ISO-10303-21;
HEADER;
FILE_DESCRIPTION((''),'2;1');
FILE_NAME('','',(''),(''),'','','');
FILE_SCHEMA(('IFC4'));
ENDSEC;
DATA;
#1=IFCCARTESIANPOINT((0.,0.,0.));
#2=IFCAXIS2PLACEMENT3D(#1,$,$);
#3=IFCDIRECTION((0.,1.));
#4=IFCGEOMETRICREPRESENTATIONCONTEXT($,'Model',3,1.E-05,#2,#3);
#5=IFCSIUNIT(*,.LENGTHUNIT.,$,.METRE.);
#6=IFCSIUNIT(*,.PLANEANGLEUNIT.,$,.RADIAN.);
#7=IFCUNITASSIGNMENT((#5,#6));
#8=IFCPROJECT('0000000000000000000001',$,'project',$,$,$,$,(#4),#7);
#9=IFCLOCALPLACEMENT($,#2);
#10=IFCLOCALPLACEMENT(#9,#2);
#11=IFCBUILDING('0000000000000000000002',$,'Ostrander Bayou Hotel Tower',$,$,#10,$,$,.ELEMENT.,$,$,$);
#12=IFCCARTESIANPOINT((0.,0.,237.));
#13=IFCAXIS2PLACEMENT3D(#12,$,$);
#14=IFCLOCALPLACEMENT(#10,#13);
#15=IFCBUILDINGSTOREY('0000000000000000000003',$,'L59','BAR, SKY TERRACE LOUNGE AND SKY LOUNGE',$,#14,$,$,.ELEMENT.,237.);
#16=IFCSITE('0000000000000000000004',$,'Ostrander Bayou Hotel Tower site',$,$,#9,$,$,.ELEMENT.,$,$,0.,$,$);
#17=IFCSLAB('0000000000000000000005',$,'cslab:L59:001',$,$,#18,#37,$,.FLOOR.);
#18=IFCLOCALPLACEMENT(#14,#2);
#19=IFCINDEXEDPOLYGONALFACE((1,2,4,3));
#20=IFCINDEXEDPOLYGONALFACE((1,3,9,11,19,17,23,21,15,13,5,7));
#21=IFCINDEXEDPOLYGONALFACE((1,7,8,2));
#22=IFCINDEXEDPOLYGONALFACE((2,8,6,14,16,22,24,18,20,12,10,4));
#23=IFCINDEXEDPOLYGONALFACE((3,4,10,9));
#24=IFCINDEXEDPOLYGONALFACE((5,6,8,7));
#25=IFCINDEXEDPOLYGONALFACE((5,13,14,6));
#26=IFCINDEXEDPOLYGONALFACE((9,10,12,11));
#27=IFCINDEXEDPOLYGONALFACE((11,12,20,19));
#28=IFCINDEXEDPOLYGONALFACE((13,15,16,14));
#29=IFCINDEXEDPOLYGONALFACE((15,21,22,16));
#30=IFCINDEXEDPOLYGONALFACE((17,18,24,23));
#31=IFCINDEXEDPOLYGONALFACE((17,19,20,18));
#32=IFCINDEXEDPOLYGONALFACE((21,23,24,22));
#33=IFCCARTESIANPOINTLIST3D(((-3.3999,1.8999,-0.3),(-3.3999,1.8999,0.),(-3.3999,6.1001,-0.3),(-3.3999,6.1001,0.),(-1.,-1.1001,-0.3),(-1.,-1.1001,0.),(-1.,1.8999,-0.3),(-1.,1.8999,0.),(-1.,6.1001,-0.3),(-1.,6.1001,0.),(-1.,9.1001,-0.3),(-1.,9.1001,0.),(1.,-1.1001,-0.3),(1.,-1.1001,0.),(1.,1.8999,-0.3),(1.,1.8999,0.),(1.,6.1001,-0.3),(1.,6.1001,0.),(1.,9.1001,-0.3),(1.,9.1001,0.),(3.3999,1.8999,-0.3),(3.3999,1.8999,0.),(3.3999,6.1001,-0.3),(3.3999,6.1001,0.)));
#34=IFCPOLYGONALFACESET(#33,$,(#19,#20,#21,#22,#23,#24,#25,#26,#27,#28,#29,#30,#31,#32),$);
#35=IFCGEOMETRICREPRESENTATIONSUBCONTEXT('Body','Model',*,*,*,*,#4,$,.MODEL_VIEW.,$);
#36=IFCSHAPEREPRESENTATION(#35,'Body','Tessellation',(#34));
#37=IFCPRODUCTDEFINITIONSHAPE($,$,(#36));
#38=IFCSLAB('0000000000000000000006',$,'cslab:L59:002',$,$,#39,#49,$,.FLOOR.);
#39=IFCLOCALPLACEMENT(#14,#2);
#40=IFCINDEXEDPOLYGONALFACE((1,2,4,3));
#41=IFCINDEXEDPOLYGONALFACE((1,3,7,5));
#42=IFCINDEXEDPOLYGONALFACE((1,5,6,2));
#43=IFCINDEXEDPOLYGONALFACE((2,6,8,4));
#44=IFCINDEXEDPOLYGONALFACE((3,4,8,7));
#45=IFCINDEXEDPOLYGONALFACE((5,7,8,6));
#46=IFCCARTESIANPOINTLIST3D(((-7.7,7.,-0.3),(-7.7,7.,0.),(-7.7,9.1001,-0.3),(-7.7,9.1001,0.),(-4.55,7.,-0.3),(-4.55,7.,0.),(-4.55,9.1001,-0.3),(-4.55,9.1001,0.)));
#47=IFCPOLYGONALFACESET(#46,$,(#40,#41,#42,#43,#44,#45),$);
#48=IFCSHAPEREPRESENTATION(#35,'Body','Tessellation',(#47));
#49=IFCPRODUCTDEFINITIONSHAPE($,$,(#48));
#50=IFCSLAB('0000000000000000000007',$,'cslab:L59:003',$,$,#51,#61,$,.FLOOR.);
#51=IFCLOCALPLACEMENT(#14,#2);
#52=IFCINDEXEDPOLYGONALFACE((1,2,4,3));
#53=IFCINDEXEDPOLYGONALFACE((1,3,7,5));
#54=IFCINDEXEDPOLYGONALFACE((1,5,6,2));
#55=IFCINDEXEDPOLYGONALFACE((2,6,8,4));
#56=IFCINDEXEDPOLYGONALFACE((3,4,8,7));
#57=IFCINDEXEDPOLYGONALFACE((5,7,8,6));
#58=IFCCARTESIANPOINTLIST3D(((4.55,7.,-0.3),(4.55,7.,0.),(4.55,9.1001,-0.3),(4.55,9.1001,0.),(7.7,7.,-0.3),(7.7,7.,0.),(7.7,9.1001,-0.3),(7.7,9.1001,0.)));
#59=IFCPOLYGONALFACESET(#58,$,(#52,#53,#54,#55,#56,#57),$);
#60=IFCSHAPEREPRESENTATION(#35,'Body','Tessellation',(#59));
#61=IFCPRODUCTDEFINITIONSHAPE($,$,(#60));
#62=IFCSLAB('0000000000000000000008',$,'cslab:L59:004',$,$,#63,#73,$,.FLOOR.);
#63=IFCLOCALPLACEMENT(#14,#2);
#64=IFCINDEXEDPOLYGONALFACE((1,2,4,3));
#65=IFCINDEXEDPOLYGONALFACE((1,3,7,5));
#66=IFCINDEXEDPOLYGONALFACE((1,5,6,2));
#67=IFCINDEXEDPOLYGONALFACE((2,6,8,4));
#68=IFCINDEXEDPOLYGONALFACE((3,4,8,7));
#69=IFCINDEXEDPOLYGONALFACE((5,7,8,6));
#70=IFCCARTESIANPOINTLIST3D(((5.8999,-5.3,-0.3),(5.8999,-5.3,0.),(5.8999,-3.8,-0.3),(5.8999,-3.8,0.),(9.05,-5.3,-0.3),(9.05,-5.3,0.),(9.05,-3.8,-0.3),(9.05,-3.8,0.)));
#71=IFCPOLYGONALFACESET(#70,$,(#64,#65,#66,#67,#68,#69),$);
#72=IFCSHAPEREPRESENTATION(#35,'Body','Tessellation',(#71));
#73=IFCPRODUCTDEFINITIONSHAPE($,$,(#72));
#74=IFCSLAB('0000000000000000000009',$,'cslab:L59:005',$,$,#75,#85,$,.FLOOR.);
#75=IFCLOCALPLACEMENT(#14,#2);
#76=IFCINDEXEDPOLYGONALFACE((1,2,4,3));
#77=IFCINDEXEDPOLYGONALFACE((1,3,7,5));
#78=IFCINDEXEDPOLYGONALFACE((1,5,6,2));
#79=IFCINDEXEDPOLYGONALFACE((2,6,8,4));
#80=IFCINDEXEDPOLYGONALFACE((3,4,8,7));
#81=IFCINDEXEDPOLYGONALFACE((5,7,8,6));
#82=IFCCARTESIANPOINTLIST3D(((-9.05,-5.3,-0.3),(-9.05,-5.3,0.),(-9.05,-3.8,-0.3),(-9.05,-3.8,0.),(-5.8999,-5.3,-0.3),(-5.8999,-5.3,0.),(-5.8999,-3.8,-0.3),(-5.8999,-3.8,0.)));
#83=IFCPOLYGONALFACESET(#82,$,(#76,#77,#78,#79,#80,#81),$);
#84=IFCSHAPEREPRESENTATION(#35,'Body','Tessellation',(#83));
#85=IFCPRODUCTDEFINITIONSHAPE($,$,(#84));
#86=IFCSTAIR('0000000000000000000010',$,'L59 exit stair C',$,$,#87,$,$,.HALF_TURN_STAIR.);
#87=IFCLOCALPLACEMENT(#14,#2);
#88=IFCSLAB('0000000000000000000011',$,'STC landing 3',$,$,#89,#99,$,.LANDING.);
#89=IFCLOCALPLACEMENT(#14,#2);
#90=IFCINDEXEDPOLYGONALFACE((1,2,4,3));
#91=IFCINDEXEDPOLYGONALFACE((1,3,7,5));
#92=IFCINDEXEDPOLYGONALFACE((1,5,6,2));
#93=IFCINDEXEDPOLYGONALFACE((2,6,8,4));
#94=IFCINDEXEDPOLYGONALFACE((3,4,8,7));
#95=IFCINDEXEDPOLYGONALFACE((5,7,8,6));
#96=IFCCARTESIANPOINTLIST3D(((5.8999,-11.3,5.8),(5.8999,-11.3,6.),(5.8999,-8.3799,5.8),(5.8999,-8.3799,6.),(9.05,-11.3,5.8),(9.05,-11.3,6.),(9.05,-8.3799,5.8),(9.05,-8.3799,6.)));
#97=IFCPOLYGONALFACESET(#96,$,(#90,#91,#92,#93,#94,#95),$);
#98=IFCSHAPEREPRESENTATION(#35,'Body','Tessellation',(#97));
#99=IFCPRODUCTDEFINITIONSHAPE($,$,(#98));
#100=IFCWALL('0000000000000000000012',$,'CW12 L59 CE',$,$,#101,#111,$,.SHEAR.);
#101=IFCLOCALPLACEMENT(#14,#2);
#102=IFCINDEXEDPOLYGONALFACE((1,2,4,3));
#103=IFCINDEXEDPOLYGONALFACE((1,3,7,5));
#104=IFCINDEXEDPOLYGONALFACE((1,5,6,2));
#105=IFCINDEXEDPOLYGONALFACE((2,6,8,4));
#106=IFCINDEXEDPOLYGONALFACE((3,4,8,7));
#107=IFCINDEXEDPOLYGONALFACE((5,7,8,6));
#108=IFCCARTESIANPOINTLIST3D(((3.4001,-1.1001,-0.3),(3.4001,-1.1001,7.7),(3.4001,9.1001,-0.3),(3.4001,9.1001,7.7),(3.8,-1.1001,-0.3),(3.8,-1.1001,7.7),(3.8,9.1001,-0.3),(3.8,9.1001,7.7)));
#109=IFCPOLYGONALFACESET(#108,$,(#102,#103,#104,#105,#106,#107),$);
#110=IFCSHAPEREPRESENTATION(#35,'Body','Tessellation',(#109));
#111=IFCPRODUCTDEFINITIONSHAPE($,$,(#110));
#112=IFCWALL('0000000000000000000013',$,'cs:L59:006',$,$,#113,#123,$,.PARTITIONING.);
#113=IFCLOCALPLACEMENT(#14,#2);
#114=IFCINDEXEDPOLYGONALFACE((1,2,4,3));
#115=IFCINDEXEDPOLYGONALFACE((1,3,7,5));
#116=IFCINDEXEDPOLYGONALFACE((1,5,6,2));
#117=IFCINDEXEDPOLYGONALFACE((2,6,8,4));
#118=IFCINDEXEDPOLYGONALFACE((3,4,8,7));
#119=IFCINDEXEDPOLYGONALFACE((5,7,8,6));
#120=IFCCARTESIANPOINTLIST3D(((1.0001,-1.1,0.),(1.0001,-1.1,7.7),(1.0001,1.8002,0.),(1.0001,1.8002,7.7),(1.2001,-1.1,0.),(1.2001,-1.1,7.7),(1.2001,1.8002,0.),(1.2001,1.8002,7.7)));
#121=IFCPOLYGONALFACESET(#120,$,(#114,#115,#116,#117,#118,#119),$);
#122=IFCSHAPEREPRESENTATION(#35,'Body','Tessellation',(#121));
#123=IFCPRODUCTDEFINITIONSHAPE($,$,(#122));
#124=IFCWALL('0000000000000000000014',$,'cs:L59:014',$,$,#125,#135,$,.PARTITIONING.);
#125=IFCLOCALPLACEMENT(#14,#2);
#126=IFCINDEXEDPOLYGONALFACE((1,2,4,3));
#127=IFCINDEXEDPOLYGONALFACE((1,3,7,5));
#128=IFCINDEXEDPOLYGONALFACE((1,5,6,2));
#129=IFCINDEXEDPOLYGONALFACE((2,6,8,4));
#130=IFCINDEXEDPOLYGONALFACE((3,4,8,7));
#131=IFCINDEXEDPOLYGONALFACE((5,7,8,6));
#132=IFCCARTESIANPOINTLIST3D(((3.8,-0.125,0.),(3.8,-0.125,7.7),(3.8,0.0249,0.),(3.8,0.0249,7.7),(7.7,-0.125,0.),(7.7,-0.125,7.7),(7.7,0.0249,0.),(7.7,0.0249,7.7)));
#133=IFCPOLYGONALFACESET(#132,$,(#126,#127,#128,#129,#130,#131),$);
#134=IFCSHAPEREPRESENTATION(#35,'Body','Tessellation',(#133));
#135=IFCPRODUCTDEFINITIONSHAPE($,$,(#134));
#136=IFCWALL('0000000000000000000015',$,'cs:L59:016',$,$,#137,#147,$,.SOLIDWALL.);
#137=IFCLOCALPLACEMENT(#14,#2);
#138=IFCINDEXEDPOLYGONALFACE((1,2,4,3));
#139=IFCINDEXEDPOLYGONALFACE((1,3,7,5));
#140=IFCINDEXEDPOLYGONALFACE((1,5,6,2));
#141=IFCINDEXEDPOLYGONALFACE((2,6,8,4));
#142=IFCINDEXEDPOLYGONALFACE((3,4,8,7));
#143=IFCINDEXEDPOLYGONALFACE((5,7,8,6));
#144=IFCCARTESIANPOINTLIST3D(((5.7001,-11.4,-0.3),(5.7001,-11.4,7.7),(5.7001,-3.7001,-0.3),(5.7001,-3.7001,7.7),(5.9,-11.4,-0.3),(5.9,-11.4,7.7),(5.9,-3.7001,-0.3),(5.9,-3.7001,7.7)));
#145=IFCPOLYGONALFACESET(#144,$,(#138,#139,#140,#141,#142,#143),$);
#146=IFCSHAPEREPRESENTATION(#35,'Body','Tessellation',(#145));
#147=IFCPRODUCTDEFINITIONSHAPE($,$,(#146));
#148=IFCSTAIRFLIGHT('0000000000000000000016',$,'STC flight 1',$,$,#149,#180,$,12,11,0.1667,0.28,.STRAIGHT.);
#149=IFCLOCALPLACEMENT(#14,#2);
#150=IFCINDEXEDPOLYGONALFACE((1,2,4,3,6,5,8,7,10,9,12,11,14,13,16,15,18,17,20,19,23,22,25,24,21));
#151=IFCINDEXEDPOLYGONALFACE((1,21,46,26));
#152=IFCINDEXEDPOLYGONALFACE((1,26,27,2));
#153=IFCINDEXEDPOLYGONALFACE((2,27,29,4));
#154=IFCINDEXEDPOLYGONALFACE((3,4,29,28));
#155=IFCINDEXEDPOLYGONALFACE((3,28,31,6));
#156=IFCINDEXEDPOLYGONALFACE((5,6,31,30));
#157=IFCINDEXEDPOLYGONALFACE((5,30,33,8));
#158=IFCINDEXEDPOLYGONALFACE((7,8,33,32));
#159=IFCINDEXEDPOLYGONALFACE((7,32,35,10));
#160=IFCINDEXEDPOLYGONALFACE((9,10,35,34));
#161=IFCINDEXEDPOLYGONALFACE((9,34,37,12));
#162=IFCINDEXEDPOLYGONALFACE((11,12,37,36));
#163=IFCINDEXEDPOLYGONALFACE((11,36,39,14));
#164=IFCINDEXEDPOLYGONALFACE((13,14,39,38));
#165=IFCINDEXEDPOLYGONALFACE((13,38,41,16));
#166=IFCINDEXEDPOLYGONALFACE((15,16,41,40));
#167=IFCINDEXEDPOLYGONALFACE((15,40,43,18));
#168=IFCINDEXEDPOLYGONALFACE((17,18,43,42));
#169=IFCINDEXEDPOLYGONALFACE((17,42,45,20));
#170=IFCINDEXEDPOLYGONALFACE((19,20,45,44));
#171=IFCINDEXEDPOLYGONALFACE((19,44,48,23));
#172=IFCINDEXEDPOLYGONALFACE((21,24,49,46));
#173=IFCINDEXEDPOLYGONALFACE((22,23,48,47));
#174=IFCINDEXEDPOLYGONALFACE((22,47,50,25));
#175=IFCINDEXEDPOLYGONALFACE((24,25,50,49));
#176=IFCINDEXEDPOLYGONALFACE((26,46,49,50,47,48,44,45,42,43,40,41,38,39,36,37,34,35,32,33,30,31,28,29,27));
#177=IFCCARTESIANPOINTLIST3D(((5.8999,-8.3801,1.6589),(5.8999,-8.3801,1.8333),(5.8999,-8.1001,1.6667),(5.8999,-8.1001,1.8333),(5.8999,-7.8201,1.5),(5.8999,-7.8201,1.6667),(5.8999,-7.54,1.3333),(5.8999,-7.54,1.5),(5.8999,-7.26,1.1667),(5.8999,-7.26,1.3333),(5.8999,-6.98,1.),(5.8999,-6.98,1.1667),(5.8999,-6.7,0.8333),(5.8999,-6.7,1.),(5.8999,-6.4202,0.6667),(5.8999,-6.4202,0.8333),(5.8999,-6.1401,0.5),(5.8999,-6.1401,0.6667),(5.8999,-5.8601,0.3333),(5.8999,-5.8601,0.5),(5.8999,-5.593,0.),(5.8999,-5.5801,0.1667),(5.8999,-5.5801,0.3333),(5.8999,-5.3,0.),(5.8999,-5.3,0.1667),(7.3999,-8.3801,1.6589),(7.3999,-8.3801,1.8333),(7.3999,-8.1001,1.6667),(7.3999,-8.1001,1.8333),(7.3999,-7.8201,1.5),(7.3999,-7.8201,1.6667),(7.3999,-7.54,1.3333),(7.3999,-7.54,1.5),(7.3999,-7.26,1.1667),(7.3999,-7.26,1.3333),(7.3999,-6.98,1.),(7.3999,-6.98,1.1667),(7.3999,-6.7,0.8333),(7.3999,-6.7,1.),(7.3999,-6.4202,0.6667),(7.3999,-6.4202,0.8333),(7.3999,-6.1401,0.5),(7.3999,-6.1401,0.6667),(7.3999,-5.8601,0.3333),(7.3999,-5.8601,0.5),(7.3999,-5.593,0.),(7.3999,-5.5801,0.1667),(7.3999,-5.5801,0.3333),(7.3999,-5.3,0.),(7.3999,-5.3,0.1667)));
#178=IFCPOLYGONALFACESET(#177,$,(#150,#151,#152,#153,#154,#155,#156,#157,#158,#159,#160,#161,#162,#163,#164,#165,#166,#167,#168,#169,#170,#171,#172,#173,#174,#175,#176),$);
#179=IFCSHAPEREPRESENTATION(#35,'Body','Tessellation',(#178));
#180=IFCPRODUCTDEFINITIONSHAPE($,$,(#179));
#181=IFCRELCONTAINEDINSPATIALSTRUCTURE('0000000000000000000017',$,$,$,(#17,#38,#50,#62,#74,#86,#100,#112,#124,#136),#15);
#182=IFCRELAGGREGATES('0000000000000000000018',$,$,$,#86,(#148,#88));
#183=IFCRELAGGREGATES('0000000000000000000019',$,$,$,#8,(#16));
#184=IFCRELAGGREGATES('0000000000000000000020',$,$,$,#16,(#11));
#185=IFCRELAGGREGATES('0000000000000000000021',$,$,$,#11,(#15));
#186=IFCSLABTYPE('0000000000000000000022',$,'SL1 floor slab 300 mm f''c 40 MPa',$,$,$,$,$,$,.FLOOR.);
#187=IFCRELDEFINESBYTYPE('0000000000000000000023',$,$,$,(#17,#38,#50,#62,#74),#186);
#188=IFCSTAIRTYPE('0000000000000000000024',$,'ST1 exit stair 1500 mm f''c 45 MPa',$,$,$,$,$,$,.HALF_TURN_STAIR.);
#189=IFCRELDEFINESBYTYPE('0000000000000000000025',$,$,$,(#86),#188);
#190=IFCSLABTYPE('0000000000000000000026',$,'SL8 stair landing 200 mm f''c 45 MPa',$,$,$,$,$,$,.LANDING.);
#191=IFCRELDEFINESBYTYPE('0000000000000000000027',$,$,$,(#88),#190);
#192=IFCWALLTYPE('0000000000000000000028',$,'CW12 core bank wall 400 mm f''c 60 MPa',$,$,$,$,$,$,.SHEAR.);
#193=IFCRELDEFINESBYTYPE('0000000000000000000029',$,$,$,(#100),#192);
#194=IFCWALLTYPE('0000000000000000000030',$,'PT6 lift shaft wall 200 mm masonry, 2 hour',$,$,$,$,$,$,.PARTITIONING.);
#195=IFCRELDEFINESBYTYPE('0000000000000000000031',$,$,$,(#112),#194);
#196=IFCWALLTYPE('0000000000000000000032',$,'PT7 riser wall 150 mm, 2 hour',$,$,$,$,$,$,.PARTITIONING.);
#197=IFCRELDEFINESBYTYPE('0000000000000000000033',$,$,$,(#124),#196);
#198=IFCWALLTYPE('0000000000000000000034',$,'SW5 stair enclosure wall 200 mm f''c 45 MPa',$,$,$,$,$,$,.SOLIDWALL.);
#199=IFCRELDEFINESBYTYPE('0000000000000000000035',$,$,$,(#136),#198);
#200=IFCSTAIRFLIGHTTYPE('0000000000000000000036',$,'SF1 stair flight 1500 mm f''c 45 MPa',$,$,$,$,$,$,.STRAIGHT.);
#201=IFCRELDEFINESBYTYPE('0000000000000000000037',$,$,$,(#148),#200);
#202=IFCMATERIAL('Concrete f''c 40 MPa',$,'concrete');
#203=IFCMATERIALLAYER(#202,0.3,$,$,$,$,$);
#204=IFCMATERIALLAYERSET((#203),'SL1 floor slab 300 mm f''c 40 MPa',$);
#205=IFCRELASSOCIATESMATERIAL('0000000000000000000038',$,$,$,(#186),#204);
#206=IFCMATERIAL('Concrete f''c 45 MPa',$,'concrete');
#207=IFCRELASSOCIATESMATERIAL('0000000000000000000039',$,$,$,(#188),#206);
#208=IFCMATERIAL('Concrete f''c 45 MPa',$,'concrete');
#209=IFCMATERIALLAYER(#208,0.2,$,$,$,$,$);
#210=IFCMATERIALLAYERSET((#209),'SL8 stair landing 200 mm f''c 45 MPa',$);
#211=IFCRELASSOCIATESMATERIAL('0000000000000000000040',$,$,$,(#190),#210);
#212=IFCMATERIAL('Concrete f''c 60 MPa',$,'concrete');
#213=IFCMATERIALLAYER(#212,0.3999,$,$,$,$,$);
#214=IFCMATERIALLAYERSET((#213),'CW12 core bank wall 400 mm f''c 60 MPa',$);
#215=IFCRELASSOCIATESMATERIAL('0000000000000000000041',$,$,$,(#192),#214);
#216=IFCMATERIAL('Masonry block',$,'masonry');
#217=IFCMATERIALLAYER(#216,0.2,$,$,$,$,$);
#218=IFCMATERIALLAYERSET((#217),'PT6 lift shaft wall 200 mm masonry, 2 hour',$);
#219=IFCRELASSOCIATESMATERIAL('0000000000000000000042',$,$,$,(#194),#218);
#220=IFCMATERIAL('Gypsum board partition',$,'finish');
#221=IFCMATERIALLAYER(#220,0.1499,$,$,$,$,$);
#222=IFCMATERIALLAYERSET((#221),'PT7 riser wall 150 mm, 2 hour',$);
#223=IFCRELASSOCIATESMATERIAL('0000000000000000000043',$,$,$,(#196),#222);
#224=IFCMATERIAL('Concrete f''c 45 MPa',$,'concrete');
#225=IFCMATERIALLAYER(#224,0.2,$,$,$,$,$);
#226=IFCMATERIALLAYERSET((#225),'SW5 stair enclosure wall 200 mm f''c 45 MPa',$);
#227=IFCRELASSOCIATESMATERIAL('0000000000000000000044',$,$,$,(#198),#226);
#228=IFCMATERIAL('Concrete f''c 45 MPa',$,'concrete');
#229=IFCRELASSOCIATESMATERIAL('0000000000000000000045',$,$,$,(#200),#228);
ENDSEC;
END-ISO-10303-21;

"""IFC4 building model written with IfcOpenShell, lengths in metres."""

from ifc_helpers import new_model, si_unit, direction, frame, frame_2d, origin, place, context, subcontext, project, spatial, polyline, rectangle, outline, extrude, material, layer, layer_set, type_object, element, aggregate, save


model = new_model("IFC4")

# Units and contexts
model_context = context("Model", 3, precision=1e-05, world=origin(), true_north=direction((0.0, 1.0)))
body_context = subcontext(model_context, "Body", "Model", "MODEL_VIEW")
ifc_project = project(units=[si_unit("LENGTHUNIT", "METRE"), si_unit("PLANEANGLEUNIT", "RADIAN")], contexts=[model_context])

# Site, building, storey
site_placement = place(None, origin())
site = spatial("IfcSite", under=ifc_project, at=site_placement, Name="Ostrander Bayou Hotel Tower site", CompositionType="ELEMENT", RefElevation=0.0)
building_placement = place(site_placement, origin())
building = spatial("IfcBuilding", under=site, at=building_placement, Name="Ostrander Bayou Hotel Tower", CompositionType="ELEMENT")
storey_placement = place(building_placement, frame((0.0, 0.0, 237.0)))
storey = spatial("IfcBuildingStorey", under=building, at=storey_placement, Name="L59", Description="BAR, SKY TERRACE LOUNGE AND SKY LOUNGE", CompositionType="ELEMENT", Elevation=237.0)

# Slabs
ifc_material_1 = material(Name="Concrete f'c 40 MPa", Category="concrete")
ifc_layer_1 = layer(ifc_material_1, 0.3)
ifc_layer_set_1 = layer_set([ifc_layer_1], Name="SL1 floor slab 300 mm f'c 40 MPa")
slab_type_1 = type_object("IfcSlabType", Name="SL1 floor slab 300 mm f'c 40 MPa", PredefinedType="FLOOR", material=ifc_layer_set_1)
slab_1_placement = place(storey_placement, frame((0.0, 0.0, -0.3)))
element("IfcSlab", 1, at=slab_1_placement, inside=storey, type_object=slab_type_1, Name="cslab:L59:001", PredefinedType="FLOOR", context=body_context, shape_type="SweptSolid", body=[
    extrude(outline(polyline([(-3.3999, 6.1001), (-1.0, 6.1001), (-1.0, 9.1001), (1.0, 9.1001), (1.0, 6.1001), (3.3999, 6.1001), (3.3999, 1.8999), (1.0, 1.8999), (1.0, -1.1001), (-1.0, -1.1001), (-1.0, 1.8999), (-3.3999, 1.8999), (-3.3999, 6.1001)])), origin(), (0.0, 0.0, 1.0), 0.3),
])
slab_2_placement = place(storey_placement, frame((0.0, 0.0, -0.3)))
element("IfcSlab", 2, at=slab_2_placement, inside=storey, type_object=slab_type_1, Name="cslab:L59:002", PredefinedType="FLOOR", context=body_context, shape_type="SweptSolid", body=[
    extrude(outline(polyline([(-4.55, 7.0), (-4.55, 9.1001), (-7.7, 9.1001), (-7.7, 7.0), (-4.55, 7.0)])), origin(), (0.0, 0.0, 1.0), 0.3),
])
slab_3_placement = place(storey_placement, frame((0.0, 0.0, -0.3)))
element("IfcSlab", 3, at=slab_3_placement, inside=storey, type_object=slab_type_1, Name="cslab:L59:003", PredefinedType="FLOOR", context=body_context, shape_type="SweptSolid", body=[
    extrude(outline(polyline([(7.7, 7.0), (7.7, 9.1001), (4.55, 9.1001), (4.55, 7.0), (7.7, 7.0)])), origin(), (0.0, 0.0, 1.0), 0.3),
])
slab_4_placement = place(storey_placement, frame((0.0, 0.0, -0.3)))
element("IfcSlab", 4, at=slab_4_placement, inside=storey, type_object=slab_type_1, Name="cslab:L59:004", PredefinedType="FLOOR", context=body_context, shape_type="SweptSolid", body=[
    extrude(outline(polyline([(9.05, -5.3), (9.05, -3.8), (5.8999, -3.8), (5.8999, -5.3), (9.05, -5.3)])), origin(), (0.0, 0.0, 1.0), 0.3),
])
slab_5_placement = place(storey_placement, frame((0.0, 0.0, -0.3)))
element("IfcSlab", 5, at=slab_5_placement, inside=storey, type_object=slab_type_1, Name="cslab:L59:005", PredefinedType="FLOOR", context=body_context, shape_type="SweptSolid", body=[
    extrude(outline(polyline([(-5.8999, -5.3), (-5.8999, -3.8), (-9.05, -3.8), (-9.05, -5.3), (-5.8999, -5.3)])), origin(), (0.0, 0.0, 1.0), 0.3),
])

# Stair, slab
ifc_material_2 = material(Name="Concrete f'c 45 MPa", Category="concrete")
stair_type = type_object("IfcStairType", Name="ST1 exit stair 1500 mm f'c 45 MPa", PredefinedType="HALF_TURN_STAIR", material=ifc_material_2)
stair_placement = place(storey_placement, origin())
stair = element("IfcStair", 6, at=stair_placement, inside=storey, type_object=stair_type, Name="L59 exit stair C", PredefinedType="HALF_TURN_STAIR")
ifc_material_3 = material(Name="Concrete f'c 45 MPa", Category="concrete")
ifc_layer_2 = layer(ifc_material_3, 0.2)
ifc_layer_set_2 = layer_set([ifc_layer_2], Name="SL8 stair landing 200 mm f'c 45 MPa")
slab_type_2 = type_object("IfcSlabType", Name="SL8 stair landing 200 mm f'c 45 MPa", PredefinedType="LANDING", material=ifc_layer_set_2)
slab_6_placement = place(storey_placement, frame((0.0, 0.0, 5.8)))
slab_6 = element("IfcSlab", 7, at=slab_6_placement, type_object=slab_type_2, Name="STC landing 3", PredefinedType="LANDING", context=body_context, shape_type="SweptSolid", body=[
    extrude(outline(polyline([(5.8999, -8.3799), (5.8999, -11.3), (9.05, -11.3), (9.05, -8.3799), (5.8999, -8.3799)])), origin(), (0.0, 0.0, 1.0), 0.2),
])

# Walls
ifc_material_4 = material(Name="Concrete f'c 60 MPa", Category="concrete")
ifc_layer_3 = layer(ifc_material_4, 0.3999)
ifc_layer_set_3 = layer_set([ifc_layer_3], Name="CW12 core bank wall 400 mm f'c 60 MPa")
wall_type_1 = type_object("IfcWallType", Name="CW12 core bank wall 400 mm f'c 60 MPa", PredefinedType="SHEAR", material=ifc_layer_set_3)
wall_1_placement = place(storey_placement, frame((3.6001, -1.1001, -0.3), z_axis=(0.0, 0.0, 1.0), x_axis=(0.0, 1.0, 0.0)))
element("IfcWall", 8, at=wall_1_placement, inside=storey, type_object=wall_type_1, Name="CW12 L59 CE", PredefinedType="SHEAR", context=body_context, shape_type="SweptSolid", body=[
    extrude(rectangle(XDim=10.2002, YDim=0.3999, at=frame_2d((5.1001, 0.0))), origin(), (0.0, 0.0, 1.0), 8.0),
])
ifc_material_5 = material(Name="Masonry block", Category="masonry")
ifc_layer_4 = layer(ifc_material_5, 0.2)
ifc_layer_set_4 = layer_set([ifc_layer_4], Name="PT6 lift shaft wall 200 mm masonry, 2 hour")
wall_type_2 = type_object("IfcWallType", Name="PT6 lift shaft wall 200 mm masonry, 2 hour", PredefinedType="PARTITIONING", material=ifc_layer_set_4)
wall_2_placement = place(storey_placement, frame((1.1001, -1.1001, 0.0), z_axis=(0.0, 0.0, 1.0), x_axis=(0.0, 1.0, 0.0)))
element("IfcWall", 9, at=wall_2_placement, inside=storey, type_object=wall_type_2, Name="cs:L59:006", PredefinedType="PARTITIONING", context=body_context, shape_type="SweptSolid", body=[
    extrude(rectangle(XDim=2.9001, YDim=0.2, at=frame_2d((1.4502, 0.0))), origin(), (0.0, 0.0, 1.0), 7.7),
])
ifc_material_6 = material(Name="Gypsum board partition", Category="finish")
ifc_layer_5 = layer(ifc_material_6, 0.1499)
ifc_layer_set_5 = layer_set([ifc_layer_5], Name="PT7 riser wall 150 mm, 2 hour")
wall_type_3 = type_object("IfcWallType", Name="PT7 riser wall 150 mm, 2 hour", PredefinedType="PARTITIONING", material=ifc_layer_set_5)
wall_3_placement = place(storey_placement, frame((3.8, -0.05, 0.0), z_axis=(0.0, 0.0, 1.0), x_axis=(1.0, 0.0, 0.0)))
element("IfcWall", 10, at=wall_3_placement, inside=storey, type_object=wall_type_3, Name="cs:L59:014", PredefinedType="PARTITIONING", context=body_context, shape_type="SweptSolid", body=[
    extrude(rectangle(XDim=3.8999, YDim=0.1499, at=frame_2d((1.95, 0.0))), origin(), (0.0, 0.0, 1.0), 7.7),
])

# Shared definitions
ifc_material_7 = material(Name="Concrete f'c 45 MPa", Category="concrete")
ifc_layer_6 = layer(ifc_material_7, 0.2)
ifc_layer_set_6 = layer_set([ifc_layer_6], Name="SW5 stair enclosure wall 200 mm f'c 45 MPa")
wall_type_4 = type_object("IfcWallType", Name="SW5 stair enclosure wall 200 mm f'c 45 MPa", PredefinedType="SOLIDWALL", material=ifc_layer_set_6)

# Wall
wall_4_placement = place(storey_placement, frame((5.8, -3.7, -0.3), z_axis=(0.0, 0.0, 1.0), x_axis=(0.0, -1.0, 0.0)))
element("IfcWall", 11, at=wall_4_placement, inside=storey, type_object=wall_type_4, Name="cs:L59:016", PredefinedType="SOLIDWALL", context=body_context, shape_type="SweptSolid", body=[
    extrude(rectangle(XDim=7.7, YDim=0.2, at=frame_2d((3.8501, 0.0))), origin(), (0.0, 0.0, 1.0), 8.0),
])

# Stair flight
ifc_material_8 = material(Name="Concrete f'c 45 MPa", Category="concrete")
stair_flight_type = type_object("IfcStairFlightType", Name="SF1 stair flight 1500 mm f'c 45 MPa", PredefinedType="STRAIGHT", material=ifc_material_8)
stair_flight_1_placement = place(storey_placement, frame((6.6499, -5.3, 0.0), z_axis=(0.0, 0.0, 1.0), x_axis=(0.0, -1.0, 0.0)))
stair_flight_1 = element("IfcStairFlight", 12, at=stair_flight_1_placement, type_object=stair_flight_type, Name="STC flight 1", NumberOfRisers=12, NumberOfTreads=11, PredefinedType="STRAIGHT", RiserHeight=0.1667, TreadLength=0.28, context=body_context, shape_type="SweptSolid", body=[
    extrude(outline(polyline([(0.0, 0.0), (0.0, 0.1667), (0.28, 0.1667), (0.28, 0.3333), (0.5601, 0.3333), (0.5601, 0.5), (0.8401, 0.5), (0.8401, 0.6667), (1.1201, 0.6667), (1.1201, 0.8333), (1.3999, 0.8333), (1.3999, 1.0), (1.6799, 1.0), (1.6799, 1.1667), (1.96, 1.1667), (1.96, 1.3333), (2.24, 1.3333), (2.24, 1.5), (2.52, 1.5), (2.52, 1.6667), (2.8, 1.6667), (2.8, 1.8333), (3.0801, 1.8333), (3.0801, 2.0), (3.0801, 1.6589), (0.293, 0.0), (0.0, 0.0)])), frame((0.0, 0.75, 0.0), z_axis=(0.0, -1.0, 0.0), x_axis=(1.0, 0.0, 0.0)), (0.0, 0.0, 1.0), 1.5),
])
aggregate(stair, [stair_flight_1, slab_6])

save(model, "model.ifc")
